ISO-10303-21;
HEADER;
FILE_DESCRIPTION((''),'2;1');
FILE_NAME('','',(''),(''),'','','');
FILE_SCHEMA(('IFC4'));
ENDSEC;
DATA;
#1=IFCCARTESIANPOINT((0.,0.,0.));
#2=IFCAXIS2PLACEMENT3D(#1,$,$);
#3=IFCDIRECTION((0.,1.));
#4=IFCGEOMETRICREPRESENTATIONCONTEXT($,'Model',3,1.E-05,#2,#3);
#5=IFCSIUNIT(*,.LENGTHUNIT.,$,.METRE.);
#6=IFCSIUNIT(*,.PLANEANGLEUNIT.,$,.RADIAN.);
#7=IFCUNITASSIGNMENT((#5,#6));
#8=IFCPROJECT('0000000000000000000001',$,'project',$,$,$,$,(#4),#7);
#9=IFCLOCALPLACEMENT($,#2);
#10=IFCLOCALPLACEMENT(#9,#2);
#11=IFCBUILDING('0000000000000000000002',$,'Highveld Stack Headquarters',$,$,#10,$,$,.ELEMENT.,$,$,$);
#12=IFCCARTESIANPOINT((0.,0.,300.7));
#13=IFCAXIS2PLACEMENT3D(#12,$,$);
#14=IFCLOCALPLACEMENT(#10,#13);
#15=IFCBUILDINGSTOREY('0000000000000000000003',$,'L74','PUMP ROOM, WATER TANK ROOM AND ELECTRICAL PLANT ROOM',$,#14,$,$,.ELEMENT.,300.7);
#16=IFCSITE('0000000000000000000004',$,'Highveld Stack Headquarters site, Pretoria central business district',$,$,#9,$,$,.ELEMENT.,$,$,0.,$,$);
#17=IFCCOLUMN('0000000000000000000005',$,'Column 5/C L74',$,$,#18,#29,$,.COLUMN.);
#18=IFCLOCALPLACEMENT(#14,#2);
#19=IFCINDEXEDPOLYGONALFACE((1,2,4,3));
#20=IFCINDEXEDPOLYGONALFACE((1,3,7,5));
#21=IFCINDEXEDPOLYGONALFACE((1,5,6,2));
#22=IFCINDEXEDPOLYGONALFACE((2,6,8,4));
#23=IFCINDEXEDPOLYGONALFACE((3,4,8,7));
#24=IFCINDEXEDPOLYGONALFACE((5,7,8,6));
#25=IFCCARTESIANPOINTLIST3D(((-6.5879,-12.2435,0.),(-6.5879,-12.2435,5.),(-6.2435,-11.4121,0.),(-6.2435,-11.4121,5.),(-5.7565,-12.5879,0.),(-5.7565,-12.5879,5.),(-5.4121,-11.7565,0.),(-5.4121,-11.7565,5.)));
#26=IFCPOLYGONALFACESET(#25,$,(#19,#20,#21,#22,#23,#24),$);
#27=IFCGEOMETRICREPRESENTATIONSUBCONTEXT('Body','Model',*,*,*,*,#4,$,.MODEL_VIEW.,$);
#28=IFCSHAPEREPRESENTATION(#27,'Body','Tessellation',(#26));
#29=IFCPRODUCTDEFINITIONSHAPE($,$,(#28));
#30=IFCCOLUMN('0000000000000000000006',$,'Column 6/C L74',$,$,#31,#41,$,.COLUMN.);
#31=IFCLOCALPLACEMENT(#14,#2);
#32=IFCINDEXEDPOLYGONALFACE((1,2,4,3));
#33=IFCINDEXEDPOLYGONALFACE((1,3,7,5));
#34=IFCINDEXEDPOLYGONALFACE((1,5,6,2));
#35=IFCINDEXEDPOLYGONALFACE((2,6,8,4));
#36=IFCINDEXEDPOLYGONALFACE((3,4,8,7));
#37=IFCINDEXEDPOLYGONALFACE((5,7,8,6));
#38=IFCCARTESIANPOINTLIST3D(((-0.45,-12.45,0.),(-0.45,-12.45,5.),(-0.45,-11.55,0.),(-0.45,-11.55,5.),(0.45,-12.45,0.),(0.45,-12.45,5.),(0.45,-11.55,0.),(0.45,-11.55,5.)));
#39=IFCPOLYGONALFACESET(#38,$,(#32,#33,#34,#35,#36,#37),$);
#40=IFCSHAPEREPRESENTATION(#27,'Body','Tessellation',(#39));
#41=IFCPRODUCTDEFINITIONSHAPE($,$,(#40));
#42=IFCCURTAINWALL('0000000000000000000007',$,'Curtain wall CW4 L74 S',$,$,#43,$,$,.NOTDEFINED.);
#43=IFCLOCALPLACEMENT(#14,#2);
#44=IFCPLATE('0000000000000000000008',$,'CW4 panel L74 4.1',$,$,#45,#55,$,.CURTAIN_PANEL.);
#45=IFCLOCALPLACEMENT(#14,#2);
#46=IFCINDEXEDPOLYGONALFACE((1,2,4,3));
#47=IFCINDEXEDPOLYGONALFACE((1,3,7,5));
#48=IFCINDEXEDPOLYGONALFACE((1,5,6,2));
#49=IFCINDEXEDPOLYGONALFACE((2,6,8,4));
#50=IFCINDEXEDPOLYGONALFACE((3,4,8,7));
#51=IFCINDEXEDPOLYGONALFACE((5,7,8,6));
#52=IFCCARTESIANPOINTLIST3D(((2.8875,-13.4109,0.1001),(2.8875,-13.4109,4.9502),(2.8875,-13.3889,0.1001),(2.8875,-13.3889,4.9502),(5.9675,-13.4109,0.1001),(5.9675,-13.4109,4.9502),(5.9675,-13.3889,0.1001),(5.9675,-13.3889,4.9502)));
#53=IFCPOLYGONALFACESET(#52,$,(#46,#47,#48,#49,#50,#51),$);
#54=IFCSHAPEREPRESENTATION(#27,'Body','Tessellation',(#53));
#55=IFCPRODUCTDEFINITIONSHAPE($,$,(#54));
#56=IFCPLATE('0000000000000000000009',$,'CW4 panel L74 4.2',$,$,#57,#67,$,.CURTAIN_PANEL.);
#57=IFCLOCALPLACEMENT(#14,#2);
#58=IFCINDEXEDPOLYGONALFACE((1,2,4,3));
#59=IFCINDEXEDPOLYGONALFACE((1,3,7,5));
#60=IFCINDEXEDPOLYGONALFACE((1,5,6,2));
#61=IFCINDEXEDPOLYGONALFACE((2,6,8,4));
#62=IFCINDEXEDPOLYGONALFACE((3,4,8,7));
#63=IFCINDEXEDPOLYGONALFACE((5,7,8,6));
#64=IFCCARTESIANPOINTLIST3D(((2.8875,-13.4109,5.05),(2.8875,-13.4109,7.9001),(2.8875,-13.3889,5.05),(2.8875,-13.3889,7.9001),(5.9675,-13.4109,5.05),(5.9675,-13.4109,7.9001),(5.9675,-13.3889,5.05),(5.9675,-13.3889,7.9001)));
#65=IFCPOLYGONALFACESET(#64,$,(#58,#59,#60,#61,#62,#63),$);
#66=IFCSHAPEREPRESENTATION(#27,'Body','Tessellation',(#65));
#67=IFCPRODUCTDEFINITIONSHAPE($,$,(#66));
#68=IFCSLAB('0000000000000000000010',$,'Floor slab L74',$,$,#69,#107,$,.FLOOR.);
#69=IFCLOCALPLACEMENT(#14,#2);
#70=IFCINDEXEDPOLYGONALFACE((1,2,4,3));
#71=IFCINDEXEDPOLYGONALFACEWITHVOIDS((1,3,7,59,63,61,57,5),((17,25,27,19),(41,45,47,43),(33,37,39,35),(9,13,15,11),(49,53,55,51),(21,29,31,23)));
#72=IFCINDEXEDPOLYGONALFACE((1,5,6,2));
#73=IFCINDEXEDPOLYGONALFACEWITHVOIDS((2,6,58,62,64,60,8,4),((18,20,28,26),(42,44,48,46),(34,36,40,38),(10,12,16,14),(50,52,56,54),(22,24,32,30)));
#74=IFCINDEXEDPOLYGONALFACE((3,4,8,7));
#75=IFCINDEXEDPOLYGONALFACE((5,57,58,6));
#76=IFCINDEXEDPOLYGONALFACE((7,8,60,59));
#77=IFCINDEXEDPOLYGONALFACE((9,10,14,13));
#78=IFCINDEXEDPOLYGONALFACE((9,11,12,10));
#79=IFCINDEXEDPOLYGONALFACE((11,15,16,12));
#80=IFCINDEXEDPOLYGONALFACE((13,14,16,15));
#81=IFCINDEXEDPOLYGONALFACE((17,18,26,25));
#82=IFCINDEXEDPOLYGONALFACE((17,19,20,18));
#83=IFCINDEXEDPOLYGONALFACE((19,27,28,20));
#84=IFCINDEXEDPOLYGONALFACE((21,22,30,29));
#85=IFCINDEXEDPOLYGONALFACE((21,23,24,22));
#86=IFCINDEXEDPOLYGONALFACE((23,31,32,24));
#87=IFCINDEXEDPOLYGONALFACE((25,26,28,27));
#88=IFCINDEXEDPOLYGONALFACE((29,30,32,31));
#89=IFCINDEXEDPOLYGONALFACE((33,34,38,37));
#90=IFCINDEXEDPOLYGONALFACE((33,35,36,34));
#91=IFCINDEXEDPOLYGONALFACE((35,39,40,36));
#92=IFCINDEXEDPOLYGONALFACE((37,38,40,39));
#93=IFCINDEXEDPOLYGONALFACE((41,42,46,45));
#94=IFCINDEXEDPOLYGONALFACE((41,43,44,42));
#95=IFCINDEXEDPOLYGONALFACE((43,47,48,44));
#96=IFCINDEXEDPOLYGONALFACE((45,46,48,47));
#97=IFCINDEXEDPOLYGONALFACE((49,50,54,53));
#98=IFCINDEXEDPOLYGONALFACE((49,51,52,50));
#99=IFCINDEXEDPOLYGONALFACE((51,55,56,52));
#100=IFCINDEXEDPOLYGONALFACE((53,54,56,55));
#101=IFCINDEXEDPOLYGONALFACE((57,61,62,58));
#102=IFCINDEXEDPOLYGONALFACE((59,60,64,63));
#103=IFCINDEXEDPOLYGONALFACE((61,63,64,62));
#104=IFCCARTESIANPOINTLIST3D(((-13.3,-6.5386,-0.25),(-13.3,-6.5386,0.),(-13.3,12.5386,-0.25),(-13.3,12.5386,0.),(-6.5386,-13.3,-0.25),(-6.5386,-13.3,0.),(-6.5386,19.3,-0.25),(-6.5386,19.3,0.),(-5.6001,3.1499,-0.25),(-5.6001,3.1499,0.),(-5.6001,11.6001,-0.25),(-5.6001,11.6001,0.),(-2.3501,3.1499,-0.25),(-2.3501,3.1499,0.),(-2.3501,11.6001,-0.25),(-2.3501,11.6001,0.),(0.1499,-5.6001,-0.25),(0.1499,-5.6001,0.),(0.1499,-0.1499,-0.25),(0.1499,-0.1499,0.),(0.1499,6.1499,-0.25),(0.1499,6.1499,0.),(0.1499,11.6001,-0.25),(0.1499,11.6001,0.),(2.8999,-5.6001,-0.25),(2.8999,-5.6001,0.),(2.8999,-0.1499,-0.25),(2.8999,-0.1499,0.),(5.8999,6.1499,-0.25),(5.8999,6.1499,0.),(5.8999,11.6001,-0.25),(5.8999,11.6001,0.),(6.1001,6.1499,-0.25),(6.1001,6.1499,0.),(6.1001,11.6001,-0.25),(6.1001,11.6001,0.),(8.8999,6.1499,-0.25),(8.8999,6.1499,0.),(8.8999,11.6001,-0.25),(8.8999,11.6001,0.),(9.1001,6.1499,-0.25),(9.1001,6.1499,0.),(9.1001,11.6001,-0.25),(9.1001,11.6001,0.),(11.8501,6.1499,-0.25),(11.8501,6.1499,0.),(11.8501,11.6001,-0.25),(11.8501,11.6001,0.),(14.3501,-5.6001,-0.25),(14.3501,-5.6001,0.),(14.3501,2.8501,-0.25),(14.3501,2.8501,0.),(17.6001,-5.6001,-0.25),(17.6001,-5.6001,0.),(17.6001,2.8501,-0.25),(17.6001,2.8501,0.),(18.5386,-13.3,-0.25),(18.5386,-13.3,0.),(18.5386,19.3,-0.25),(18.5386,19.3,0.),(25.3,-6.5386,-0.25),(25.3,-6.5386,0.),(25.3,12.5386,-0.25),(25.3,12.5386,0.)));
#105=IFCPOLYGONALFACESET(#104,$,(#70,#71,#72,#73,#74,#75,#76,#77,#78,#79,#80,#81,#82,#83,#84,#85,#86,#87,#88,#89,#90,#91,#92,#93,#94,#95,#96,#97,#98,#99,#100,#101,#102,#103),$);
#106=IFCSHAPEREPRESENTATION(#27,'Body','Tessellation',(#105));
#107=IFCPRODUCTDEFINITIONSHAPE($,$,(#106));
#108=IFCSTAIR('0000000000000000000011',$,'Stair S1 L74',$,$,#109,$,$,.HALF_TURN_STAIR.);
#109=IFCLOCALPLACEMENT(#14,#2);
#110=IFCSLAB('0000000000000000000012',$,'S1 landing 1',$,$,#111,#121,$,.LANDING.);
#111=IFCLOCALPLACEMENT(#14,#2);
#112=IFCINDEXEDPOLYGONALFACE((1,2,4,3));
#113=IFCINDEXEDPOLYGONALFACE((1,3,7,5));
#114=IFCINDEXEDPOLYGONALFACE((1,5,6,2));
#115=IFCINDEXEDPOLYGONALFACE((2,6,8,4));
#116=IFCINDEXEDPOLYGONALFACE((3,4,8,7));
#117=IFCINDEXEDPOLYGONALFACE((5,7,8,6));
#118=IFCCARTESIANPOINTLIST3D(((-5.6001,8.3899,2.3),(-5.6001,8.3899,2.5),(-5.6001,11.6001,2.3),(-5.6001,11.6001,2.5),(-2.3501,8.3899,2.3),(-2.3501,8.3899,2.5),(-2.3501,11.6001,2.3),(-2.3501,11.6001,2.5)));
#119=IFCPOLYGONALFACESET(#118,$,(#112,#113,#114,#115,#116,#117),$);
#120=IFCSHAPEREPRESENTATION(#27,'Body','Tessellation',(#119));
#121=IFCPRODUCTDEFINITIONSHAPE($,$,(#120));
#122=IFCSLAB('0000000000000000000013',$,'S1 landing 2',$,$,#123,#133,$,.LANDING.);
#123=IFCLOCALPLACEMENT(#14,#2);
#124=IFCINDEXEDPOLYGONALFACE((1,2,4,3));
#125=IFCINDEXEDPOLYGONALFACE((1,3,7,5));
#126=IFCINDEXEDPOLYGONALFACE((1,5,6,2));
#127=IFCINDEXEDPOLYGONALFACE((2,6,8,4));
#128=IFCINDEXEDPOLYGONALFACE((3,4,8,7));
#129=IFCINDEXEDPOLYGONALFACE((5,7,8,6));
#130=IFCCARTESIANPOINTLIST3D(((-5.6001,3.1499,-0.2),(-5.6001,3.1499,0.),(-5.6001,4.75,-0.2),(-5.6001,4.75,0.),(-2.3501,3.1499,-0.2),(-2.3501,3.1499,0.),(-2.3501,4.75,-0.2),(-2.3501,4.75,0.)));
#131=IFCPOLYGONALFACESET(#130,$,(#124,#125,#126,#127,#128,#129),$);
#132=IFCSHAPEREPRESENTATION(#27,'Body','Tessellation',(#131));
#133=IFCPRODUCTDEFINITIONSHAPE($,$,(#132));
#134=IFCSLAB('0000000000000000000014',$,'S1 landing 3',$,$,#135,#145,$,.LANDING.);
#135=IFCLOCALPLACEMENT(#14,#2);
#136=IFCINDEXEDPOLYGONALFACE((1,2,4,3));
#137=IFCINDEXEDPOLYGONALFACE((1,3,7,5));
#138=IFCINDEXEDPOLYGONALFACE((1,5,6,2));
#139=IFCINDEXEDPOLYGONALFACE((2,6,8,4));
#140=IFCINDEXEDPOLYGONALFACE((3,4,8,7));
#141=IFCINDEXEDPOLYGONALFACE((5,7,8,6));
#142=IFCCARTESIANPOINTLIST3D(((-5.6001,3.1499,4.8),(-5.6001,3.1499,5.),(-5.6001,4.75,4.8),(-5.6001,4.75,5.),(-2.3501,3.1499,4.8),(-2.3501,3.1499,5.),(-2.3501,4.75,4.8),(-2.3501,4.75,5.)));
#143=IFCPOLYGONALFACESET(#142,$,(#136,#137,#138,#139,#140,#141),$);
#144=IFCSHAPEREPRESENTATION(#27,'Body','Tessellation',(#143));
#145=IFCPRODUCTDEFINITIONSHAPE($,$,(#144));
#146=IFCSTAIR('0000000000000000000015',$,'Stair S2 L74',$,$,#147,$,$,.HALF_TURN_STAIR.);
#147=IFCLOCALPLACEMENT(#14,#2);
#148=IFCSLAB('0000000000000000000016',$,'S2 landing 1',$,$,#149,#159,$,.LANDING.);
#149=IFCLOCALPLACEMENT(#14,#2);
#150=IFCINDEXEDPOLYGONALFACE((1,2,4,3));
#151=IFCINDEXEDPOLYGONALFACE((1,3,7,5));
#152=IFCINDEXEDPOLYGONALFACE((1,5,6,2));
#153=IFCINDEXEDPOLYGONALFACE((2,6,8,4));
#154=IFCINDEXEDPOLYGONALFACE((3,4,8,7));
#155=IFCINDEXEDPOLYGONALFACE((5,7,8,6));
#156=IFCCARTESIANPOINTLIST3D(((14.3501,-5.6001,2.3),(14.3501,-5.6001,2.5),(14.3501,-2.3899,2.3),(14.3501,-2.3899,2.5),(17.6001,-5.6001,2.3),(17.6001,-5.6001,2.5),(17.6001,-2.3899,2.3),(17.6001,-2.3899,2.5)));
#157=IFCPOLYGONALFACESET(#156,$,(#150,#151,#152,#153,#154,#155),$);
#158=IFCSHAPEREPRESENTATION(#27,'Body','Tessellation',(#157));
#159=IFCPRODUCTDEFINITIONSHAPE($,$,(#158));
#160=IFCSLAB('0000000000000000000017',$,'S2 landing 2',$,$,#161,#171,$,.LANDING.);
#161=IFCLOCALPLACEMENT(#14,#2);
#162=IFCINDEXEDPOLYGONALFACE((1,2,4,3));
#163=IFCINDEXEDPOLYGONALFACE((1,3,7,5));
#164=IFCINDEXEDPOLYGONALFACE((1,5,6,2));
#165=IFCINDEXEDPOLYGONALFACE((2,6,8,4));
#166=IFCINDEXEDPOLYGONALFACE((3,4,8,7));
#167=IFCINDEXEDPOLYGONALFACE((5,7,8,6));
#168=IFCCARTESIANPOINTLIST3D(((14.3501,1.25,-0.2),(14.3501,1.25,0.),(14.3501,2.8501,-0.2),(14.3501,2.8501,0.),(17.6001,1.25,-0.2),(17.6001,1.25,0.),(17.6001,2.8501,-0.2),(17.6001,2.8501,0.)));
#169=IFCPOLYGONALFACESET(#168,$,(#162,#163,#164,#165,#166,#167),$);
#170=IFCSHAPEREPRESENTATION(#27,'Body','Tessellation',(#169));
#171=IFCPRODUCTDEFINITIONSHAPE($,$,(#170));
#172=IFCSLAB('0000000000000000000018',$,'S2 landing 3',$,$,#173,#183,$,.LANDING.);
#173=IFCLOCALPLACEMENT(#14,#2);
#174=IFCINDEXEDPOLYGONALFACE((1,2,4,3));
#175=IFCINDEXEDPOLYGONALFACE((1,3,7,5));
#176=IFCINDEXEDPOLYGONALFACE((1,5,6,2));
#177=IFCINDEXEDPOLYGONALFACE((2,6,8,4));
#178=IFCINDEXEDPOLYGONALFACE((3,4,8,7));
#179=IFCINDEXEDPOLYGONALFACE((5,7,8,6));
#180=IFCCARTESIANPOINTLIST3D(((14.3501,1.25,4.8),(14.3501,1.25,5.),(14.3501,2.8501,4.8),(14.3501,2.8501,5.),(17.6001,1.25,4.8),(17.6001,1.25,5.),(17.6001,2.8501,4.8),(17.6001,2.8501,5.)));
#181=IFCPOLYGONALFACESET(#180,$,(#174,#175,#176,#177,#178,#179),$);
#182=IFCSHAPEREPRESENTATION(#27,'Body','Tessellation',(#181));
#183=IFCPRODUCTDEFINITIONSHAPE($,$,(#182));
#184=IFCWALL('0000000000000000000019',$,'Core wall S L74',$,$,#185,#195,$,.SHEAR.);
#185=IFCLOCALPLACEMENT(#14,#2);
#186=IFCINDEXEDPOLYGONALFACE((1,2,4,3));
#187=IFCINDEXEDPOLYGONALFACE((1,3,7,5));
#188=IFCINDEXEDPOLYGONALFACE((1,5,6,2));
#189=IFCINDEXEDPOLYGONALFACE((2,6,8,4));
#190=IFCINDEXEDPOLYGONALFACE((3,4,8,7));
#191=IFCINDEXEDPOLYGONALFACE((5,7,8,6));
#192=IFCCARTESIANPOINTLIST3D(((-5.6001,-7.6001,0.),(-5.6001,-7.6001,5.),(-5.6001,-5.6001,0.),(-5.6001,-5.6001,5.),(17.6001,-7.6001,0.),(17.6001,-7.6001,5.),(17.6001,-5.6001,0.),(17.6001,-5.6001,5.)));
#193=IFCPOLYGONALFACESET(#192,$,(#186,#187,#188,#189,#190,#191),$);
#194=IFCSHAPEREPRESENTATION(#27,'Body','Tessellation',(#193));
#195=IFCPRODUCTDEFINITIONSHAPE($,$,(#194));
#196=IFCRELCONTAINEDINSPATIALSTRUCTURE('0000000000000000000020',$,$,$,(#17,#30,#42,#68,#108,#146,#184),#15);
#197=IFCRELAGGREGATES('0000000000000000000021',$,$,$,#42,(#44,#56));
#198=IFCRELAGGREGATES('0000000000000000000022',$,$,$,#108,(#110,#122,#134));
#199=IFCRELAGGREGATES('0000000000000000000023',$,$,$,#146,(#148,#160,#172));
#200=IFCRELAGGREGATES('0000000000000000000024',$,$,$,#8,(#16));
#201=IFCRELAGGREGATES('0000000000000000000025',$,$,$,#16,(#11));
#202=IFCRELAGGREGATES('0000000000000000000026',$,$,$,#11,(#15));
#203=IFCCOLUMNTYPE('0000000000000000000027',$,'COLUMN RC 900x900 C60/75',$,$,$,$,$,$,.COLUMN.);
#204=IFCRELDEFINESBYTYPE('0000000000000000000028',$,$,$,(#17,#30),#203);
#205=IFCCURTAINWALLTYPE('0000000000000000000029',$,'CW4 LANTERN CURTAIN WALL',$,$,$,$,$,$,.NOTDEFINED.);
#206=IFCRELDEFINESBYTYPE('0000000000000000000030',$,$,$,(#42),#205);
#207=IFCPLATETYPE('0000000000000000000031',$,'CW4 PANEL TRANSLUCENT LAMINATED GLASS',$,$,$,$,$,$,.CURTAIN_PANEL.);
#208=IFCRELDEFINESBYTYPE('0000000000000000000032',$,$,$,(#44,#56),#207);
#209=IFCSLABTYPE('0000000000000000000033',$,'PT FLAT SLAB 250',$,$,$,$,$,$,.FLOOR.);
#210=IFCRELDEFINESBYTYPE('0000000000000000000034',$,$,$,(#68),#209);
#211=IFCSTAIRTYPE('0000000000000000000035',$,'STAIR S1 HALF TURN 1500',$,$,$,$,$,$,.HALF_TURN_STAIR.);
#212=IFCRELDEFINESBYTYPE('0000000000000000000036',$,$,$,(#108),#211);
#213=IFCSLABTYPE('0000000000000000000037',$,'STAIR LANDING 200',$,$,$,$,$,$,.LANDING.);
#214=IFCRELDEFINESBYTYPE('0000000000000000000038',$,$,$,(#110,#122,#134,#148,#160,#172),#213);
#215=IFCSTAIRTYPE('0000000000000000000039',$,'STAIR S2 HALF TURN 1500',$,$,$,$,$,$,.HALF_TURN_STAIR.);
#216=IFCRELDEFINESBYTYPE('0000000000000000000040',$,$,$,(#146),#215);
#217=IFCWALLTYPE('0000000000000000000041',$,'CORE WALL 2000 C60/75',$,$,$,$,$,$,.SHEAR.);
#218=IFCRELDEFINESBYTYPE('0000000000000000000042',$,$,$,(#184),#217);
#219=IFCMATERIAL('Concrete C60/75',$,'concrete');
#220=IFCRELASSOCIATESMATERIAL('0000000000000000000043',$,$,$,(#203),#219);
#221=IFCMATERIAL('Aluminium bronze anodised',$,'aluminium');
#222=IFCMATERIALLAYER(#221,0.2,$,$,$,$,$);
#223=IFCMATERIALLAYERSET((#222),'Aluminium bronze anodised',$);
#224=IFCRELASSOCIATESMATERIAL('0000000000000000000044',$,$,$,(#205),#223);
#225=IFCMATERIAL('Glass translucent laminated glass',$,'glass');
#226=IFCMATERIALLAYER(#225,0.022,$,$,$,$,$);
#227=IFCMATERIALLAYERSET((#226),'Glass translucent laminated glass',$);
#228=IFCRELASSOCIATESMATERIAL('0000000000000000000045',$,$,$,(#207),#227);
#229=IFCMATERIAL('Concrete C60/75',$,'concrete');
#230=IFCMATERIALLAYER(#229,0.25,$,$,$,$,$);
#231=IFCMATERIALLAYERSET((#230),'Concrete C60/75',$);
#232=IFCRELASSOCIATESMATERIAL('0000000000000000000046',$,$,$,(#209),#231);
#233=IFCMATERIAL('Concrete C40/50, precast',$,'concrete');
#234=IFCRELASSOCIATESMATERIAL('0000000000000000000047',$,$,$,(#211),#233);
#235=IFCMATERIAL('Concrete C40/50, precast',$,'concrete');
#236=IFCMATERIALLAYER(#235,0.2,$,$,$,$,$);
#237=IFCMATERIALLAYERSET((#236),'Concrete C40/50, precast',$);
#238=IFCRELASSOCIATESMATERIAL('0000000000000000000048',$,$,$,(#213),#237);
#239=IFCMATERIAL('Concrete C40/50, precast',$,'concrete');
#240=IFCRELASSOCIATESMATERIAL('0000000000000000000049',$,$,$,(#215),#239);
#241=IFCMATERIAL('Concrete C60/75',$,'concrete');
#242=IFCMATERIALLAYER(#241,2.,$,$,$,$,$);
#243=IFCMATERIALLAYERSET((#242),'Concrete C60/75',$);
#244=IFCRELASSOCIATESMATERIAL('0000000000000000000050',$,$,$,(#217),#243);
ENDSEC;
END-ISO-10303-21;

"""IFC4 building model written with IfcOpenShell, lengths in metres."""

from ifc_helpers import new_model, si_unit, direction, frame, frame_2d, origin, origin_2d, place, context, subcontext, project, spatial, polyline, rectangle, outline, extrude, material, layer, layer_set, material_profile, profile_set, type_object, element, aggregate, save


model = new_model("IFC4")

# Units and contexts
model_context = context("Model", 3, precision=1e-05, world=origin(), true_north=direction((0.0, 1.0)))
body_context = subcontext(model_context, "Body", "Model", "MODEL_VIEW")
ifc_project = project(units=[si_unit("LENGTHUNIT", "METRE"), si_unit("PLANEANGLEUNIT", "RADIAN")], contexts=[model_context])

# Site, building, storey
site_placement = place(None, origin())
site = spatial("IfcSite", under=ifc_project, at=site_placement, Name="Highveld Stack Headquarters site, Pretoria central business district", CompositionType="ELEMENT", RefElevation=0.0)
building_placement = place(site_placement, origin())
building = spatial("IfcBuilding", under=site, at=building_placement, Name="Highveld Stack Headquarters", CompositionType="ELEMENT")
storey_placement = place(building_placement, frame((0.0, 0.0, 300.7)))
storey = spatial("IfcBuildingStorey", under=building, at=storey_placement, Name="L74", Description="PUMP ROOM, WATER TANK ROOM AND ELECTRICAL PLANT ROOM", CompositionType="ELEMENT", Elevation=300.7)

# Columns
ifc_material_1 = material(Name="Concrete C60/75", Category="concrete")
ifc_material_profile = material_profile(ifc_material_1, rectangle(XDim=0.8999, YDim=0.8999, at=origin_2d()), Name="RC 900x900")
ifc_profile_set = profile_set([ifc_material_profile], Name="Concrete C60/75")
column_type = type_object("IfcColumnType", Name="COLUMN RC 900x900 C60/75", PredefinedType="COLUMN", material=ifc_profile_set)
for number, where, z_axis, x_axis, name in (
    (1, (-6.0, -12.0, 0.0), (0.0, 0.0, 1.0), (-0.92388, 0.382683, 0.0), "Column 5/C L74"),
    (2, (0.0, -12.0, 0.0), (0.0, 0.0, 1.0), (1.0, 0.0, 0.0), "Column 6/C L74"),
):
    element("IfcColumn", number, at=place(storey_placement, frame(where, z_axis=z_axis, x_axis=x_axis)), inside=storey, type_object=column_type, Name=name, PredefinedType="COLUMN", context=body_context, shape_type="SweptSolid", body=[
        extrude(rectangle(XDim=0.8999, YDim=0.8999, at=origin_2d()), origin(), (0.0, 0.0, 1.0), 5.0),
    ])

# Curtain wall, plates
ifc_material_2 = material(Name="Aluminium bronze anodised", Category="aluminium")
ifc_layer_1 = layer(ifc_material_2, 0.2)
ifc_layer_set_1 = layer_set([ifc_layer_1], Name="Aluminium bronze anodised")
curtain_wall_type = type_object("IfcCurtainWallType", Name="CW4 LANTERN CURTAIN WALL", PredefinedType="NOTDEFINED", material=ifc_layer_set_1)
curtain_wall_placement = place(storey_placement, origin())
curtain_wall = element("IfcCurtainWall", 3, at=curtain_wall_placement, inside=storey, type_object=curtain_wall_type, Name="Curtain wall CW4 L74 S", PredefinedType="NOTDEFINED")
ifc_material_3 = material(Name="Glass translucent laminated glass", Category="glass")
ifc_layer_2 = layer(ifc_material_3, 0.022)
ifc_layer_set_2 = layer_set([ifc_layer_2], Name="Glass translucent laminated glass")
plate_type = type_object("IfcPlateType", Name="CW4 PANEL TRANSLUCENT LAMINATED GLASS", PredefinedType="CURTAIN_PANEL", material=ifc_layer_set_2)
plate_1_placement = place(storey_placement, frame((4.4275, -13.3999, 0.1001), z_axis=(0.0, 0.0, 1.0), x_axis=(1.0, 0.0, 0.0)))
plate_1 = element("IfcPlate", 4, at=plate_1_placement, type_object=plate_type, Name="CW4 panel L74 4.1", PredefinedType="CURTAIN_PANEL", context=body_context, shape_type="SweptSolid", body=[
    extrude(rectangle(XDim=3.0801, YDim=0.022, at=origin_2d()), origin(), (0.0, 0.0, 1.0), 4.8501),
])
plate_2_placement = place(storey_placement, frame((4.4275, -13.3999, 5.05), z_axis=(0.0, 0.0, 1.0), x_axis=(1.0, 0.0, 0.0)))
plate_2 = element("IfcPlate", 5, at=plate_2_placement, type_object=plate_type, Name="CW4 panel L74 4.2", PredefinedType="CURTAIN_PANEL", context=body_context, shape_type="SweptSolid", body=[
    extrude(rectangle(XDim=3.0801, YDim=0.022, at=origin_2d()), origin(), (0.0, 0.0, 1.0), 2.8501),
])
aggregate(curtain_wall, [plate_1, plate_2])

# Slab
ifc_material_4 = material(Name="Concrete C60/75", Category="concrete")
ifc_layer_3 = layer(ifc_material_4, 0.25)
ifc_layer_set_3 = layer_set([ifc_layer_3], Name="Concrete C60/75")
slab_type_1 = type_object("IfcSlabType", Name="PT FLAT SLAB 250", PredefinedType="FLOOR", material=ifc_layer_set_3)
slab_1_placement = place(storey_placement, frame((0.0, 0.0, -0.25)))
element("IfcSlab", 6, at=slab_1_placement, inside=storey, type_object=slab_type_1, Name="Floor slab L74", PredefinedType="FLOOR", context=body_context, shape_type="SweptSolid", body=[
    extrude(outline(polyline([(-6.5386, -13.3), (18.5386, -13.3), (25.3, -6.5386), (25.3, 12.5386), (18.5386, 19.3), (-6.5386, 19.3), (-13.3, 12.5386), (-13.3, -6.5386), (-6.5386, -13.3)]), holes=[polyline([(0.1499, 6.1499), (5.8999, 6.1499), (5.8999, 11.6001), (0.1499, 11.6001), (0.1499, 6.1499)]), polyline([(9.1001, 6.1499), (11.8501, 6.1499), (11.8501, 11.6001), (9.1001, 11.6001), (9.1001, 6.1499)]), polyline([(6.1001, 6.1499), (8.8999, 6.1499), (8.8999, 11.6001), (6.1001, 11.6001), (6.1001, 6.1499)]), polyline([(0.1499, -5.6001), (2.8999, -5.6001), (2.8999, -0.1499), (0.1499, -0.1499), (0.1499, -5.6001)]), polyline([(-5.6001, 3.1499), (-2.3501, 3.1499), (-2.3501, 11.6001), (-5.6001, 11.6001), (-5.6001, 3.1499)]), polyline([(14.3501, -5.6001), (17.6001, -5.6001), (17.6001, 2.8501), (14.3501, 2.8501), (14.3501, -5.6001)])]), origin(), (0.0, 0.0, 1.0), 0.25),
])

# Stairs, slabs
ifc_material_5 = material(Name="Concrete C40/50, precast", Category="concrete")
stair_type_1 = type_object("IfcStairType", Name="STAIR S1 HALF TURN 1500", PredefinedType="HALF_TURN_STAIR", material=ifc_material_5)
stair_1_placement = place(storey_placement, origin())
stair_1 = element("IfcStair", 7, at=stair_1_placement, inside=storey, type_object=stair_type_1, Name="Stair S1 L74", PredefinedType="HALF_TURN_STAIR")
ifc_material_6 = material(Name="Concrete C40/50, precast", Category="concrete")
ifc_layer_4 = layer(ifc_material_6, 0.2)
ifc_layer_set_4 = layer_set([ifc_layer_4], Name="Concrete C40/50, precast")
slab_type_2 = type_object("IfcSlabType", Name="STAIR LANDING 200", PredefinedType="LANDING", material=ifc_layer_set_4)
slab_2_placement = place(storey_placement, frame((0.0, 0.0, 2.3)))
slab_2 = element("IfcSlab", 8, at=slab_2_placement, type_object=slab_type_2, Name="S1 landing 1", PredefinedType="LANDING", context=body_context, shape_type="SweptSolid", body=[
    extrude(outline(polyline([(-5.6001, 8.3899), (-2.3501, 8.3899), (-2.3501, 11.6001), (-5.6001, 11.6001), (-5.6001, 8.3899)])), origin(), (0.0, 0.0, 1.0), 0.2),
])
slab_3_placement = place(storey_placement, frame((0.0, 0.0, -0.2)))
slab_3 = element("IfcSlab", 9, at=slab_3_placement, type_object=slab_type_2, Name="S1 landing 2", PredefinedType="LANDING", context=body_context, shape_type="SweptSolid", body=[
    extrude(outline(polyline([(-5.6001, 3.1499), (-2.3501, 3.1499), (-2.3501, 4.75), (-5.6001, 4.75), (-5.6001, 3.1499)])), origin(), (0.0, 0.0, 1.0), 0.2),
])
slab_4_placement = place(storey_placement, frame((0.0, 0.0, 4.8)))
slab_4 = element("IfcSlab", 10, at=slab_4_placement, type_object=slab_type_2, Name="S1 landing 3", PredefinedType="LANDING", context=body_context, shape_type="SweptSolid", body=[
    extrude(outline(polyline([(-5.6001, 3.1499), (-2.3501, 3.1499), (-2.3501, 4.75), (-5.6001, 4.75), (-5.6001, 3.1499)])), origin(), (0.0, 0.0, 1.0), 0.2),
])
aggregate(stair_1, [slab_2, slab_3, slab_4])
ifc_material_7 = material(Name="Concrete C40/50, precast", Category="concrete")
stair_type_2 = type_object("IfcStairType", Name="STAIR S2 HALF TURN 1500", PredefinedType="HALF_TURN_STAIR", material=ifc_material_7)
stair_2_placement = place(storey_placement, origin())
stair_2 = element("IfcStair", 11, at=stair_2_placement, inside=storey, type_object=stair_type_2, Name="Stair S2 L74", PredefinedType="HALF_TURN_STAIR")
slab_5_placement = place(storey_placement, frame((0.0, 0.0, 2.3)))
slab_5 = element("IfcSlab", 12, at=slab_5_placement, type_object=slab_type_2, Name="S2 landing 1", PredefinedType="LANDING", context=body_context, shape_type="SweptSolid", body=[
    extrude(outline(polyline([(14.3501, -5.6001), (17.6001, -5.6001), (17.6001, -2.3899), (14.3501, -2.3899), (14.3501, -5.6001)])), origin(), (0.0, 0.0, 1.0), 0.2),
])
slab_6_placement = place(storey_placement, frame((0.0, 0.0, -0.2)))
slab_6 = element("IfcSlab", 13, at=slab_6_placement, type_object=slab_type_2, Name="S2 landing 2", PredefinedType="LANDING", context=body_context, shape_type="SweptSolid", body=[
    extrude(outline(polyline([(14.3501, 1.25), (17.6001, 1.25), (17.6001, 2.8501), (14.3501, 2.8501), (14.3501, 1.25)])), origin(), (0.0, 0.0, 1.0), 0.2),
])
slab_7_placement = place(storey_placement, frame((0.0, 0.0, 4.8)))
slab_7 = element("IfcSlab", 14, at=slab_7_placement, type_object=slab_type_2, Name="S2 landing 3", PredefinedType="LANDING", context=body_context, shape_type="SweptSolid", body=[
    extrude(outline(polyline([(14.3501, 1.25), (17.6001, 1.25), (17.6001, 2.8501), (14.3501, 2.8501), (14.3501, 1.25)])), origin(), (0.0, 0.0, 1.0), 0.2),
])
aggregate(stair_2, [slab_5, slab_6, slab_7])

# Wall
ifc_material_8 = material(Name="Concrete C60/75", Category="concrete")
ifc_layer_5 = layer(ifc_material_8, 2.0)
ifc_layer_set_5 = layer_set([ifc_layer_5], Name="Concrete C60/75")
wall_type_1 = type_object("IfcWallType", Name="CORE WALL 2000 C60/75", PredefinedType="SHEAR", material=ifc_layer_set_5)
wall_1_placement = place(storey_placement, frame((-5.6001, -6.6001, 0.0), z_axis=(0.0, 0.0, 1.0), x_axis=(1.0, 0.0, 0.0)))
element("IfcWall", 15, at=wall_1_placement, inside=storey, type_object=wall_type_1, Name="Core wall S L74", PredefinedType="SHEAR", context=body_context, shape_type="SweptSolid", body=[
    extrude(rectangle(XDim=23.2002, YDim=2.0, at=frame_2d((11.6001, 0.0))), origin(), (0.0, 0.0, 1.0), 5.0),
])

save(model, "model.ifc")
